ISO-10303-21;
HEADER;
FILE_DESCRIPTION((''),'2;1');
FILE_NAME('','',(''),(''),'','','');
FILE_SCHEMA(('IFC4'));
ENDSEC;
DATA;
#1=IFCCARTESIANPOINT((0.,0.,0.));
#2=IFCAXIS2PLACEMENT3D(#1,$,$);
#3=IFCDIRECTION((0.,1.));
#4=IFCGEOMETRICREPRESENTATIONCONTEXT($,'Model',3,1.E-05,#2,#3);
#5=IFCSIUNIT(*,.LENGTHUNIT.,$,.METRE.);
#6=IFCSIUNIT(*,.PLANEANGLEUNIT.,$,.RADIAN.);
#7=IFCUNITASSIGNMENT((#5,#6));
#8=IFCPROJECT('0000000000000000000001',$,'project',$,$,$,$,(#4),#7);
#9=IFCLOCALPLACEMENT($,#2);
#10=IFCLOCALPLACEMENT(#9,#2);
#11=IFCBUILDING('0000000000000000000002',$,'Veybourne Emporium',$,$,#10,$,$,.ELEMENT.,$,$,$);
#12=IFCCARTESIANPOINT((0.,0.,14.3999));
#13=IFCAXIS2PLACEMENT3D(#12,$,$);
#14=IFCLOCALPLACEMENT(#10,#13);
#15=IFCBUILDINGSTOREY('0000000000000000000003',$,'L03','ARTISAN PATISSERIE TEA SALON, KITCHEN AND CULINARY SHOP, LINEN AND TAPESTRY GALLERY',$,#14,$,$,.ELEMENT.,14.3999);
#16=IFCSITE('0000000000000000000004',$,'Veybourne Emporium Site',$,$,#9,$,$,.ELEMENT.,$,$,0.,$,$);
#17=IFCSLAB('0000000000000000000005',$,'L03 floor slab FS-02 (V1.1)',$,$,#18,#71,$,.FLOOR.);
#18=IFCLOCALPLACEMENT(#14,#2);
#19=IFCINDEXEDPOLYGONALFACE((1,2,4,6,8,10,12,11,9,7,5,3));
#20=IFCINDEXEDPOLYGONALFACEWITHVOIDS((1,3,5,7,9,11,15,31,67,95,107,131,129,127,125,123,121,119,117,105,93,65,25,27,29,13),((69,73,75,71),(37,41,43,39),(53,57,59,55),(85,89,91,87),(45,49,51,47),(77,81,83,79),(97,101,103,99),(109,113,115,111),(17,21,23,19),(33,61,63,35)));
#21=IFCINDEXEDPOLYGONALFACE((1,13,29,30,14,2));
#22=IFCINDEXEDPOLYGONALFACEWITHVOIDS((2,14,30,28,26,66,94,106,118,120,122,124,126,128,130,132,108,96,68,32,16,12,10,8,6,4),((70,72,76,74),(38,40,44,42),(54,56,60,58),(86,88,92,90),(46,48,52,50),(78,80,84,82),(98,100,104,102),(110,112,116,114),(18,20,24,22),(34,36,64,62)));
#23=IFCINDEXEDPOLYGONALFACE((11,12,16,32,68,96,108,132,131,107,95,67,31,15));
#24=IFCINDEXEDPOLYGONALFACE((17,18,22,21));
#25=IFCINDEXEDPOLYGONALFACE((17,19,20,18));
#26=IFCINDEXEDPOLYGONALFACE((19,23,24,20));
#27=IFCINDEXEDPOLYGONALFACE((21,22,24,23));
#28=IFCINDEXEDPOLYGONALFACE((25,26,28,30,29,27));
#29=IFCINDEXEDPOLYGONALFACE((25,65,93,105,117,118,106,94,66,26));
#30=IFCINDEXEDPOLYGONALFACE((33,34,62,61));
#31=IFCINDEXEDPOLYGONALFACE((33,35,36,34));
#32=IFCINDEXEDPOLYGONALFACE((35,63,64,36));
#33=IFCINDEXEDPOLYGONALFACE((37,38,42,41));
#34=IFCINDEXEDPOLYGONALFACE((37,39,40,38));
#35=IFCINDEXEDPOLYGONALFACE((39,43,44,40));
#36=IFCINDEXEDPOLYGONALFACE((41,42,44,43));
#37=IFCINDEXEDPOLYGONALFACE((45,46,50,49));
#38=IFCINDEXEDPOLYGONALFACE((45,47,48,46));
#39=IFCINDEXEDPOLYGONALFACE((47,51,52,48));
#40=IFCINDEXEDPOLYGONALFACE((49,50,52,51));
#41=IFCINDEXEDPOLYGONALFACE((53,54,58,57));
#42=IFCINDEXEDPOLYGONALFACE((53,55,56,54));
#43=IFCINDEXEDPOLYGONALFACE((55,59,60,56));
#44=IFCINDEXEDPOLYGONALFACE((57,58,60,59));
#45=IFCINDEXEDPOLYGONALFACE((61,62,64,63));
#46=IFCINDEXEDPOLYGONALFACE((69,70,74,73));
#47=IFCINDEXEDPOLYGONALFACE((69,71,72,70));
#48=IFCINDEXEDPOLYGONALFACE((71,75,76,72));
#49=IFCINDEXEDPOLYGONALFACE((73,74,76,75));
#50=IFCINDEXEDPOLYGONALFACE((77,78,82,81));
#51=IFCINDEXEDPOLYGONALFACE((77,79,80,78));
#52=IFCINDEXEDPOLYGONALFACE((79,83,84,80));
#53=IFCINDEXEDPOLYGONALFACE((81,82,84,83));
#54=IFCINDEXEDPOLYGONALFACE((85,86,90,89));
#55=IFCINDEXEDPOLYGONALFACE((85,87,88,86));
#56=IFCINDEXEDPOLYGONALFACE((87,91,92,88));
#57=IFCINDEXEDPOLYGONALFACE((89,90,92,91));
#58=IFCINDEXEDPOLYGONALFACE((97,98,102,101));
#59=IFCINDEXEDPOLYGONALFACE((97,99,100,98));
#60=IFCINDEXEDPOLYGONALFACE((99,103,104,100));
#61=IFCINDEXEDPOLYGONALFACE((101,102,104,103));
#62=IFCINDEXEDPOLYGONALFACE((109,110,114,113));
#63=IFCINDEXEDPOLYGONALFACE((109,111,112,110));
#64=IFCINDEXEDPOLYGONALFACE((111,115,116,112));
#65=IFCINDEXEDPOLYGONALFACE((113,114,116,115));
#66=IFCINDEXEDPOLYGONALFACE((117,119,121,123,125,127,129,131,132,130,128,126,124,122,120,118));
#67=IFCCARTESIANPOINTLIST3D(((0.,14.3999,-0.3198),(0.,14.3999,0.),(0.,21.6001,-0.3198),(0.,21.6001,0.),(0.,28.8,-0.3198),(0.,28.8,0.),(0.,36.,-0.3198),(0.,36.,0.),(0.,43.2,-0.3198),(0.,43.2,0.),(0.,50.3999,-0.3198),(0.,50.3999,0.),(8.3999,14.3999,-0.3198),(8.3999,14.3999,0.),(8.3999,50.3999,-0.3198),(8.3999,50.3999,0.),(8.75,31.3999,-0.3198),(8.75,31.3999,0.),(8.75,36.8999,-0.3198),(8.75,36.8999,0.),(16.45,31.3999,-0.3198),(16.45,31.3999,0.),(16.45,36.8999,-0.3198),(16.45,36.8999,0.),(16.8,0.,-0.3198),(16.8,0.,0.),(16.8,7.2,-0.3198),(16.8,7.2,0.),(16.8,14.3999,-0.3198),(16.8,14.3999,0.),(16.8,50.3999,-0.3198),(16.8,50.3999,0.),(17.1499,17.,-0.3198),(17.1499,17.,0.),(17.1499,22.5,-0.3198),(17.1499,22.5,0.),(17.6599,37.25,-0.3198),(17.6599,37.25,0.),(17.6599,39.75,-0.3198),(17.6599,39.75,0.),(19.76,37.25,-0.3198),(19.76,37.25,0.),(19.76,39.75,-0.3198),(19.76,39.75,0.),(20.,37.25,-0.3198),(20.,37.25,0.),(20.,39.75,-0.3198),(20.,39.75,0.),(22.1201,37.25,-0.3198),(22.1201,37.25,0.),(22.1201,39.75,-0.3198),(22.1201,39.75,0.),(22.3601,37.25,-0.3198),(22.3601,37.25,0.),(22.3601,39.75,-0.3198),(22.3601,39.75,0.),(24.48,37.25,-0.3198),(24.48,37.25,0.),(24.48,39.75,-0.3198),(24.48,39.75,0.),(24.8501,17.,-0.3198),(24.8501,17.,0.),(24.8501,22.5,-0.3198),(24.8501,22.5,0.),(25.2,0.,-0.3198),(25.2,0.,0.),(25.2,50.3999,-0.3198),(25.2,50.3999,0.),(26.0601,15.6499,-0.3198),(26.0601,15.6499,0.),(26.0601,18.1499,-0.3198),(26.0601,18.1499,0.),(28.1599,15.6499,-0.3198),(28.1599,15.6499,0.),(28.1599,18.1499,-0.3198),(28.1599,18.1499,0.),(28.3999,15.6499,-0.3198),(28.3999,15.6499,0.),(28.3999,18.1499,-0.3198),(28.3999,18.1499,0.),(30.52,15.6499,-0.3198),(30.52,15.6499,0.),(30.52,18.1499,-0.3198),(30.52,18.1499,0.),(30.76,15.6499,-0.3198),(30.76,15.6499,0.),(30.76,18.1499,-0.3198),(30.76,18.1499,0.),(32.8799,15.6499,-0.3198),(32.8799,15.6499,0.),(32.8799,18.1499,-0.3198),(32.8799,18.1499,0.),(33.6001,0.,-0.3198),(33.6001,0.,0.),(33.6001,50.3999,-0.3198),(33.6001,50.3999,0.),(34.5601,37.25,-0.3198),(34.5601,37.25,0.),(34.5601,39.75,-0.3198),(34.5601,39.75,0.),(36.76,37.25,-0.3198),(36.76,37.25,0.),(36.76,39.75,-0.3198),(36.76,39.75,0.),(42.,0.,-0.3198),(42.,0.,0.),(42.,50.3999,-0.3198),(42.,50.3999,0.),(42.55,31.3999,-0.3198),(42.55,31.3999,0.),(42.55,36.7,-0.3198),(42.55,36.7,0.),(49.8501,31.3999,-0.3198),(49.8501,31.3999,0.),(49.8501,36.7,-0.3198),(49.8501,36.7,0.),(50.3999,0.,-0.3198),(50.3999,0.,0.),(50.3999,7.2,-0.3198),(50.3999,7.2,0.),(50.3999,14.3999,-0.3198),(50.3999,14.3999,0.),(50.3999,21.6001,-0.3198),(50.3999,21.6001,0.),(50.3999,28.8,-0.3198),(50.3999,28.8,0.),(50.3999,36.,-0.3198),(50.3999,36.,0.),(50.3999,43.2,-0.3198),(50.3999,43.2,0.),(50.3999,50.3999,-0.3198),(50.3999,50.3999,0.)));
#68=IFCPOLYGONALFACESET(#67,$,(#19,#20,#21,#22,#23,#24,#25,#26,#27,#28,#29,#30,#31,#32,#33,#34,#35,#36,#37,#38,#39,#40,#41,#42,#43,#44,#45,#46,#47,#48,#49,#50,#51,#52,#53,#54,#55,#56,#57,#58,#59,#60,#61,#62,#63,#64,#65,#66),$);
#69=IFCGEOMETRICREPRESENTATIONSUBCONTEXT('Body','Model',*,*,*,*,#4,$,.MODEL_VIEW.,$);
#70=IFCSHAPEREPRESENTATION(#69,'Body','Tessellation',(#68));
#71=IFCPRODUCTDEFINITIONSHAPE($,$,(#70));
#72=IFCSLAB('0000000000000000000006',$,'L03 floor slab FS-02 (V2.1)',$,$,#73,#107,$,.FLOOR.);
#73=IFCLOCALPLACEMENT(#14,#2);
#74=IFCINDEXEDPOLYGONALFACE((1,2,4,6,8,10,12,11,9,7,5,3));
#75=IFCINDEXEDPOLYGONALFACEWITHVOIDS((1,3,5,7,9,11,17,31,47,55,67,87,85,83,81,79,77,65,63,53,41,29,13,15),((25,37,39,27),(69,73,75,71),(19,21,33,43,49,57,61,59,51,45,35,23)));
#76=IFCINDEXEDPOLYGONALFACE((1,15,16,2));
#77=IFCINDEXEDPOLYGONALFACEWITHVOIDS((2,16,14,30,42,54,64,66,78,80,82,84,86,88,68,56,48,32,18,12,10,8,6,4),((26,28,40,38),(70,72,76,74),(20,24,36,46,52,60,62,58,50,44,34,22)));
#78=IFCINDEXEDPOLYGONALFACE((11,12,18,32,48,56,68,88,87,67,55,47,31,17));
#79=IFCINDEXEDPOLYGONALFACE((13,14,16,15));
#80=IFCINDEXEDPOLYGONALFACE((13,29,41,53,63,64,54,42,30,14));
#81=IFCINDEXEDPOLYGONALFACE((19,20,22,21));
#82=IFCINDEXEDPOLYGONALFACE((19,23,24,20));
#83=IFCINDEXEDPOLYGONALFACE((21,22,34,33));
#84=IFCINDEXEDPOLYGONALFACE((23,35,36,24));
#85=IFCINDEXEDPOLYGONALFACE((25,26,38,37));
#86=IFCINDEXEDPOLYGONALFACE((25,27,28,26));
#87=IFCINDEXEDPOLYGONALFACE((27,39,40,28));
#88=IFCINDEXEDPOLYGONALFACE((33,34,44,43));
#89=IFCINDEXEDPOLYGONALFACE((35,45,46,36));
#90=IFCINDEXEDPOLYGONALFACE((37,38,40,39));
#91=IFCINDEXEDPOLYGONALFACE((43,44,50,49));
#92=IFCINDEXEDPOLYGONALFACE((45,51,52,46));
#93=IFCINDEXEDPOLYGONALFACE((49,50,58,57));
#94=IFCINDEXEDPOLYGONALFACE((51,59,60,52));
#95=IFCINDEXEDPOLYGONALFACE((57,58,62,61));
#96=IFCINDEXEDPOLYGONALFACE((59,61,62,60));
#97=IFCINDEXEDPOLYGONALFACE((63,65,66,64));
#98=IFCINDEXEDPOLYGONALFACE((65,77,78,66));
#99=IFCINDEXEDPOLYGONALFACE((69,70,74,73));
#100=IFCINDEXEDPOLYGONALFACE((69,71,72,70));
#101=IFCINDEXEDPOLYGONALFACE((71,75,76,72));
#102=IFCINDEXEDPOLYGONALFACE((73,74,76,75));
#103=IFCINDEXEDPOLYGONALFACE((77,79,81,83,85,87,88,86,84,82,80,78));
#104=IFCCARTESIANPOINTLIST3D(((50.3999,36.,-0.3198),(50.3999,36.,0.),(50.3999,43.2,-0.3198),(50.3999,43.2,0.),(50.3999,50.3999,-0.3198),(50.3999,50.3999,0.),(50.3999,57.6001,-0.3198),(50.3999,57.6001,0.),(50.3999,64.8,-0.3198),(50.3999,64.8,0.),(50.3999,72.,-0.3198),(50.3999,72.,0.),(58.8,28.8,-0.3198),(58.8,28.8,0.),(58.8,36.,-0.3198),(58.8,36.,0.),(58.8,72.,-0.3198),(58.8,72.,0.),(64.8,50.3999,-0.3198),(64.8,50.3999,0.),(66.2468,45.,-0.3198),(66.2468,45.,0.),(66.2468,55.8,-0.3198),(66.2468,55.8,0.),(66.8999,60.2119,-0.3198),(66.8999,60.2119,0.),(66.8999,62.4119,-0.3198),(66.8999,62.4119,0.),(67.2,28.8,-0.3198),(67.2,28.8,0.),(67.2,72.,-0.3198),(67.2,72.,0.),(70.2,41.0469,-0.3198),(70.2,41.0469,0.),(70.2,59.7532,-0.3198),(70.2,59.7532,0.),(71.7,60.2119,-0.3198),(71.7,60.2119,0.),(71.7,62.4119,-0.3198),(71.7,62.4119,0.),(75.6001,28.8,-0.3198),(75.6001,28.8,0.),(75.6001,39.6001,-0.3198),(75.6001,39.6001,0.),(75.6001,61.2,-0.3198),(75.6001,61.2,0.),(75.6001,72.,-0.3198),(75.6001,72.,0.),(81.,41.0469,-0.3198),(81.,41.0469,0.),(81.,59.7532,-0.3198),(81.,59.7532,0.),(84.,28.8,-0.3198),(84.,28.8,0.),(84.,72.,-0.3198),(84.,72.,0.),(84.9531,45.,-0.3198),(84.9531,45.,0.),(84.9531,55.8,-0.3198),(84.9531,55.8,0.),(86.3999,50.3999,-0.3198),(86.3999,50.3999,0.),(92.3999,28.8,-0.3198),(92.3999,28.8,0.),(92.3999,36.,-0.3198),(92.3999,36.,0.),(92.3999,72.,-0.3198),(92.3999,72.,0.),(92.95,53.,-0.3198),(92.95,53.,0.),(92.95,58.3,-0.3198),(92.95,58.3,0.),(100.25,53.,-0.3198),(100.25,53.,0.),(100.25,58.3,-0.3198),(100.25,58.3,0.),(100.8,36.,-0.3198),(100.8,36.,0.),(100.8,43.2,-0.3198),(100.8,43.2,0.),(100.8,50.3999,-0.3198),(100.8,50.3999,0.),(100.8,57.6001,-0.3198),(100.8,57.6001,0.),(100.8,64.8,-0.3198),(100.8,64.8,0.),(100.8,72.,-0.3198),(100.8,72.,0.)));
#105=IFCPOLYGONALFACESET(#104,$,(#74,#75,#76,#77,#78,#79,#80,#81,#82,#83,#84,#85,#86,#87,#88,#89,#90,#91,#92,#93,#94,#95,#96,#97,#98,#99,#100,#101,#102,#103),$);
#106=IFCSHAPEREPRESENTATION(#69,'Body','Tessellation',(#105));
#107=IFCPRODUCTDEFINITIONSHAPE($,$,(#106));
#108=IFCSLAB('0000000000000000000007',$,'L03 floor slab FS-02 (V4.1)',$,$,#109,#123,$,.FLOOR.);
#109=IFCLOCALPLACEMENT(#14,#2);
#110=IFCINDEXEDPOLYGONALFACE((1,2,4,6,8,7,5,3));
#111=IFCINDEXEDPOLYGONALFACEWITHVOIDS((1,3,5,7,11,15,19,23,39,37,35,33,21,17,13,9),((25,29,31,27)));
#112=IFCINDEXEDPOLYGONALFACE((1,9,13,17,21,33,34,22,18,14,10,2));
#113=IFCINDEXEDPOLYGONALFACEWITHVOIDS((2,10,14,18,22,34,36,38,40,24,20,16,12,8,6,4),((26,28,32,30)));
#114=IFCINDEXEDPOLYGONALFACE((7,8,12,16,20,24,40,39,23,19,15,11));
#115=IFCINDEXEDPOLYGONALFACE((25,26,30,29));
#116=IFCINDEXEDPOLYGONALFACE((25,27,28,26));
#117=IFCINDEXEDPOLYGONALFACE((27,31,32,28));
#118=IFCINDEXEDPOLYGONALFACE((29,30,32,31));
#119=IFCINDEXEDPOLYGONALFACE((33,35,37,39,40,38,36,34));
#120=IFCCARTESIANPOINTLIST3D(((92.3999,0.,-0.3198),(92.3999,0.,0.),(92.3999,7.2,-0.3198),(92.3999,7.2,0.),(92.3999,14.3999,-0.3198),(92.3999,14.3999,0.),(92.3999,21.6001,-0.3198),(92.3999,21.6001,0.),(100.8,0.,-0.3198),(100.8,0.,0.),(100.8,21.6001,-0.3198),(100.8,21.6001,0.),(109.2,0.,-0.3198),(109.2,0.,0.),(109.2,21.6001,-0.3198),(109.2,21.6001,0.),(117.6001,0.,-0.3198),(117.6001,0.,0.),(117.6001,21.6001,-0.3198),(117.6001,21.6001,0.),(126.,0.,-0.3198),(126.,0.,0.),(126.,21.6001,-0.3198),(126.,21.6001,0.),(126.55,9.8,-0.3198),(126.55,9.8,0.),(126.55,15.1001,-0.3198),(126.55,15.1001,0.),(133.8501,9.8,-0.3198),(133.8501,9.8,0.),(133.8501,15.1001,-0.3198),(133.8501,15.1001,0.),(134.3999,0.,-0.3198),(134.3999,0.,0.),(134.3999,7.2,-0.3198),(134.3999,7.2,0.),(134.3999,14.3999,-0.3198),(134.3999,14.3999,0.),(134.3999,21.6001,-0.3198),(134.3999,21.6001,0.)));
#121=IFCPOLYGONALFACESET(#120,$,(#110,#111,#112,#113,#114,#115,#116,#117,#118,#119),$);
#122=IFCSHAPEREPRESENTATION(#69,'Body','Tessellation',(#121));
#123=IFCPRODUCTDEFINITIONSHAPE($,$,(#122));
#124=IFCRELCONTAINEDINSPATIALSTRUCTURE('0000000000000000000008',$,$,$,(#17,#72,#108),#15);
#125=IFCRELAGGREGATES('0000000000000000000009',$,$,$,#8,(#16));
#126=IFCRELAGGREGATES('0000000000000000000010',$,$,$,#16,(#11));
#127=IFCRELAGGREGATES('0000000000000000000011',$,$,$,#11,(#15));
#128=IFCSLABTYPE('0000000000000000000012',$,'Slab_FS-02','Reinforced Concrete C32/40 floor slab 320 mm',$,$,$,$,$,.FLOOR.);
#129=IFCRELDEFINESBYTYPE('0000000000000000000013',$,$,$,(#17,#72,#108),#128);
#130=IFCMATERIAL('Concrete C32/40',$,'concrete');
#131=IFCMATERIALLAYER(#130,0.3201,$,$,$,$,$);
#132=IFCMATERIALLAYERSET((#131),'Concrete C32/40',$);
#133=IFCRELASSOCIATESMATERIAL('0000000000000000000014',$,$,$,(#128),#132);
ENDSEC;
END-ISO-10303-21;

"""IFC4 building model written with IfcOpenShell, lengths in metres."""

from ifc_helpers import new_model, si_unit, direction, frame, origin, place, context, subcontext, project, spatial, polyline, outline, extrude, material, layer, layer_set, type_object, element, save


model = new_model("IFC4")

# Units and contexts
model_context = context("Model", 3, precision=1e-05, world=origin(), true_north=direction((0.0, 1.0)))
body_context = subcontext(model_context, "Body", "Model", "MODEL_VIEW")
ifc_project = project(units=[si_unit("LENGTHUNIT", "METRE"), si_unit("PLANEANGLEUNIT", "RADIAN")], contexts=[model_context])

# Site, building, storey
site_placement = place(None, origin())
site = spatial("IfcSite", under=ifc_project, at=site_placement, Name="Veybourne Emporium Site", CompositionType="ELEMENT", RefElevation=0.0)
building_placement = place(site_placement, origin())
building = spatial("IfcBuilding", under=site, at=building_placement, Name="Veybourne Emporium", CompositionType="ELEMENT")
storey_placement = place(building_placement, frame((0.0, 0.0, 14.3999)))
storey = spatial("IfcBuildingStorey", under=building, at=storey_placement, Name="L03", Description="ARTISAN PATISSERIE TEA SALON, KITCHEN AND CULINARY SHOP, LINEN AND TAPESTRY GALLERY", CompositionType="ELEMENT", Elevation=14.3999)

# Shared definitions
ifc_material_1 = material(Name="Concrete C32/40", Category="concrete")

# Slabs
ifc_layer_1 = layer(ifc_material_1, 0.3201)
ifc_layer_set_1 = layer_set([ifc_layer_1], Name="Concrete C32/40")
slab_type_1 = type_object("IfcSlabType", Name="Slab_FS-02", Description="Reinforced Concrete C32/40 floor slab 320 mm", PredefinedType="FLOOR", material=ifc_layer_set_1)
slab_1_placement = place(storey_placement, frame((0.0, 0.0, -0.3198)))
element("IfcSlab", 1, at=slab_1_placement, inside=storey, type_object=slab_type_1, Name="L03 floor slab FS-02 (V1.1)", PredefinedType="FLOOR", context=body_context, shape_type="SweptSolid", body=[
    extrude(outline(polyline([(0.0, 14.3999), (0.0, 21.6001), (0.0, 28.8), (0.0, 36.0), (0.0, 43.2), (0.0, 50.3999), (8.3999, 50.3999), (16.8, 50.3999), (25.2, 50.3999), (33.6001, 50.3999), (42.0, 50.3999), (50.3999, 50.3999), (50.3999, 43.2), (50.3999, 36.0), (50.3999, 28.8), (50.3999, 21.6001), (50.3999, 14.3999), (50.3999, 7.2), (50.3999, 0.0), (42.0, 0.0), (33.6001, 0.0), (25.2, 0.0), (16.8, 0.0), (16.8, 7.2), (16.8, 14.3999), (8.3999, 14.3999), (0.0, 14.3999)]), holes=[polyline([(28.1599, 15.6499), (28.1599, 18.1499), (26.0601, 18.1499), (26.0601, 15.6499), (28.1599, 15.6499)]), polyline([(30.52, 15.6499), (30.52, 18.1499), (28.3999, 18.1499), (28.3999, 15.6499), (30.52, 15.6499)]), polyline([(32.8799, 15.6499), (32.8799, 18.1499), (30.76, 18.1499), (30.76, 15.6499), (32.8799, 15.6499)]), polyline([(17.1499, 17.0), (24.8501, 17.0), (24.8501, 22.5), (17.1499, 22.5), (17.1499, 17.0)]), polyline([(42.55, 31.3999), (49.8501, 31.3999), (49.8501, 36.7), (42.55, 36.7), (42.55, 31.3999)]), polyline([(16.45, 31.3999), (16.45, 36.8999), (8.75, 36.8999), (8.75, 31.3999), (16.45, 31.3999)]), polyline([(17.6599, 37.25), (19.76, 37.25), (19.76, 39.75), (17.6599, 39.75), (17.6599, 37.25)]), polyline([(20.0, 37.25), (22.1201, 37.25), (22.1201, 39.75), (20.0, 39.75), (20.0, 37.25)]), polyline([(24.48, 37.25), (24.48, 39.75), (22.3601, 39.75), (22.3601, 37.25), (24.48, 37.25)]), polyline([(34.5601, 37.25), (36.76, 37.25), (36.76, 39.75), (34.5601, 39.75), (34.5601, 37.25)])]), origin(), (0.0, 0.0, 1.0), 0.3198),
])
slab_2_placement = place(storey_placement, frame((0.0, 0.0, -0.3198)))
element("IfcSlab", 2, at=slab_2_placement, inside=storey, type_object=slab_type_1, Name="L03 floor slab FS-02 (V2.1)", PredefinedType="FLOOR", context=body_context, shape_type="SweptSolid", body=[
    extrude(outline(polyline([(50.3999, 36.0), (50.3999, 43.2), (50.3999, 50.3999), (50.3999, 57.6001), (50.3999, 64.8), (50.3999, 72.0), (58.8, 72.0), (67.2, 72.0), (75.6001, 72.0), (84.0, 72.0), (92.3999, 72.0), (100.8, 72.0), (100.8, 64.8), (100.8, 57.6001), (100.8, 50.3999), (100.8, 43.2), (100.8, 36.0), (92.3999, 36.0), (92.3999, 28.8), (84.0, 28.8), (75.6001, 28.8), (67.2, 28.8), (58.8, 28.8), (58.8, 36.0), (50.3999, 36.0)]), holes=[polyline([(75.6001, 39.6001), (81.0, 41.0469), (84.9531, 45.0), (86.3999, 50.3999), (84.9531, 55.8), (81.0, 59.7532), (75.6001, 61.2), (70.2, 59.7532), (66.2468, 55.8), (64.8, 50.3999), (66.2468, 45.0), (70.2, 41.0469), (75.6001, 39.6001)]), polyline([(100.25, 53.0), (100.25, 58.3), (92.95, 58.3), (92.95, 53.0), (100.25, 53.0)]), polyline([(66.8999, 60.2119), (71.7, 60.2119), (71.7, 62.4119), (66.8999, 62.4119), (66.8999, 60.2119)])]), origin(), (0.0, 0.0, 1.0), 0.3198),
])
slab_3_placement = place(storey_placement, frame((0.0, 0.0, -0.3198)))
element("IfcSlab", 3, at=slab_3_placement, inside=storey, type_object=slab_type_1, Name="L03 floor slab FS-02 (V4.1)", PredefinedType="FLOOR", context=body_context, shape_type="SweptSolid", body=[
    extrude(outline(polyline([(92.3999, 21.6001), (100.8, 21.6001), (109.2, 21.6001), (117.6001, 21.6001), (126.0, 21.6001), (134.3999, 21.6001), (134.3999, 14.3999), (134.3999, 7.2), (134.3999, 0.0), (126.0, 0.0), (117.6001, 0.0), (109.2, 0.0), (100.8, 0.0), (92.3999, 0.0), (92.3999, 7.2), (92.3999, 14.3999), (92.3999, 21.6001)]), holes=[polyline([(133.8501, 9.8), (133.8501, 15.1001), (126.55, 15.1001), (126.55, 9.8), (133.8501, 9.8)])]), origin(), (0.0, 0.0, 1.0), 0.3198),
])

save(model, "model.ifc")
